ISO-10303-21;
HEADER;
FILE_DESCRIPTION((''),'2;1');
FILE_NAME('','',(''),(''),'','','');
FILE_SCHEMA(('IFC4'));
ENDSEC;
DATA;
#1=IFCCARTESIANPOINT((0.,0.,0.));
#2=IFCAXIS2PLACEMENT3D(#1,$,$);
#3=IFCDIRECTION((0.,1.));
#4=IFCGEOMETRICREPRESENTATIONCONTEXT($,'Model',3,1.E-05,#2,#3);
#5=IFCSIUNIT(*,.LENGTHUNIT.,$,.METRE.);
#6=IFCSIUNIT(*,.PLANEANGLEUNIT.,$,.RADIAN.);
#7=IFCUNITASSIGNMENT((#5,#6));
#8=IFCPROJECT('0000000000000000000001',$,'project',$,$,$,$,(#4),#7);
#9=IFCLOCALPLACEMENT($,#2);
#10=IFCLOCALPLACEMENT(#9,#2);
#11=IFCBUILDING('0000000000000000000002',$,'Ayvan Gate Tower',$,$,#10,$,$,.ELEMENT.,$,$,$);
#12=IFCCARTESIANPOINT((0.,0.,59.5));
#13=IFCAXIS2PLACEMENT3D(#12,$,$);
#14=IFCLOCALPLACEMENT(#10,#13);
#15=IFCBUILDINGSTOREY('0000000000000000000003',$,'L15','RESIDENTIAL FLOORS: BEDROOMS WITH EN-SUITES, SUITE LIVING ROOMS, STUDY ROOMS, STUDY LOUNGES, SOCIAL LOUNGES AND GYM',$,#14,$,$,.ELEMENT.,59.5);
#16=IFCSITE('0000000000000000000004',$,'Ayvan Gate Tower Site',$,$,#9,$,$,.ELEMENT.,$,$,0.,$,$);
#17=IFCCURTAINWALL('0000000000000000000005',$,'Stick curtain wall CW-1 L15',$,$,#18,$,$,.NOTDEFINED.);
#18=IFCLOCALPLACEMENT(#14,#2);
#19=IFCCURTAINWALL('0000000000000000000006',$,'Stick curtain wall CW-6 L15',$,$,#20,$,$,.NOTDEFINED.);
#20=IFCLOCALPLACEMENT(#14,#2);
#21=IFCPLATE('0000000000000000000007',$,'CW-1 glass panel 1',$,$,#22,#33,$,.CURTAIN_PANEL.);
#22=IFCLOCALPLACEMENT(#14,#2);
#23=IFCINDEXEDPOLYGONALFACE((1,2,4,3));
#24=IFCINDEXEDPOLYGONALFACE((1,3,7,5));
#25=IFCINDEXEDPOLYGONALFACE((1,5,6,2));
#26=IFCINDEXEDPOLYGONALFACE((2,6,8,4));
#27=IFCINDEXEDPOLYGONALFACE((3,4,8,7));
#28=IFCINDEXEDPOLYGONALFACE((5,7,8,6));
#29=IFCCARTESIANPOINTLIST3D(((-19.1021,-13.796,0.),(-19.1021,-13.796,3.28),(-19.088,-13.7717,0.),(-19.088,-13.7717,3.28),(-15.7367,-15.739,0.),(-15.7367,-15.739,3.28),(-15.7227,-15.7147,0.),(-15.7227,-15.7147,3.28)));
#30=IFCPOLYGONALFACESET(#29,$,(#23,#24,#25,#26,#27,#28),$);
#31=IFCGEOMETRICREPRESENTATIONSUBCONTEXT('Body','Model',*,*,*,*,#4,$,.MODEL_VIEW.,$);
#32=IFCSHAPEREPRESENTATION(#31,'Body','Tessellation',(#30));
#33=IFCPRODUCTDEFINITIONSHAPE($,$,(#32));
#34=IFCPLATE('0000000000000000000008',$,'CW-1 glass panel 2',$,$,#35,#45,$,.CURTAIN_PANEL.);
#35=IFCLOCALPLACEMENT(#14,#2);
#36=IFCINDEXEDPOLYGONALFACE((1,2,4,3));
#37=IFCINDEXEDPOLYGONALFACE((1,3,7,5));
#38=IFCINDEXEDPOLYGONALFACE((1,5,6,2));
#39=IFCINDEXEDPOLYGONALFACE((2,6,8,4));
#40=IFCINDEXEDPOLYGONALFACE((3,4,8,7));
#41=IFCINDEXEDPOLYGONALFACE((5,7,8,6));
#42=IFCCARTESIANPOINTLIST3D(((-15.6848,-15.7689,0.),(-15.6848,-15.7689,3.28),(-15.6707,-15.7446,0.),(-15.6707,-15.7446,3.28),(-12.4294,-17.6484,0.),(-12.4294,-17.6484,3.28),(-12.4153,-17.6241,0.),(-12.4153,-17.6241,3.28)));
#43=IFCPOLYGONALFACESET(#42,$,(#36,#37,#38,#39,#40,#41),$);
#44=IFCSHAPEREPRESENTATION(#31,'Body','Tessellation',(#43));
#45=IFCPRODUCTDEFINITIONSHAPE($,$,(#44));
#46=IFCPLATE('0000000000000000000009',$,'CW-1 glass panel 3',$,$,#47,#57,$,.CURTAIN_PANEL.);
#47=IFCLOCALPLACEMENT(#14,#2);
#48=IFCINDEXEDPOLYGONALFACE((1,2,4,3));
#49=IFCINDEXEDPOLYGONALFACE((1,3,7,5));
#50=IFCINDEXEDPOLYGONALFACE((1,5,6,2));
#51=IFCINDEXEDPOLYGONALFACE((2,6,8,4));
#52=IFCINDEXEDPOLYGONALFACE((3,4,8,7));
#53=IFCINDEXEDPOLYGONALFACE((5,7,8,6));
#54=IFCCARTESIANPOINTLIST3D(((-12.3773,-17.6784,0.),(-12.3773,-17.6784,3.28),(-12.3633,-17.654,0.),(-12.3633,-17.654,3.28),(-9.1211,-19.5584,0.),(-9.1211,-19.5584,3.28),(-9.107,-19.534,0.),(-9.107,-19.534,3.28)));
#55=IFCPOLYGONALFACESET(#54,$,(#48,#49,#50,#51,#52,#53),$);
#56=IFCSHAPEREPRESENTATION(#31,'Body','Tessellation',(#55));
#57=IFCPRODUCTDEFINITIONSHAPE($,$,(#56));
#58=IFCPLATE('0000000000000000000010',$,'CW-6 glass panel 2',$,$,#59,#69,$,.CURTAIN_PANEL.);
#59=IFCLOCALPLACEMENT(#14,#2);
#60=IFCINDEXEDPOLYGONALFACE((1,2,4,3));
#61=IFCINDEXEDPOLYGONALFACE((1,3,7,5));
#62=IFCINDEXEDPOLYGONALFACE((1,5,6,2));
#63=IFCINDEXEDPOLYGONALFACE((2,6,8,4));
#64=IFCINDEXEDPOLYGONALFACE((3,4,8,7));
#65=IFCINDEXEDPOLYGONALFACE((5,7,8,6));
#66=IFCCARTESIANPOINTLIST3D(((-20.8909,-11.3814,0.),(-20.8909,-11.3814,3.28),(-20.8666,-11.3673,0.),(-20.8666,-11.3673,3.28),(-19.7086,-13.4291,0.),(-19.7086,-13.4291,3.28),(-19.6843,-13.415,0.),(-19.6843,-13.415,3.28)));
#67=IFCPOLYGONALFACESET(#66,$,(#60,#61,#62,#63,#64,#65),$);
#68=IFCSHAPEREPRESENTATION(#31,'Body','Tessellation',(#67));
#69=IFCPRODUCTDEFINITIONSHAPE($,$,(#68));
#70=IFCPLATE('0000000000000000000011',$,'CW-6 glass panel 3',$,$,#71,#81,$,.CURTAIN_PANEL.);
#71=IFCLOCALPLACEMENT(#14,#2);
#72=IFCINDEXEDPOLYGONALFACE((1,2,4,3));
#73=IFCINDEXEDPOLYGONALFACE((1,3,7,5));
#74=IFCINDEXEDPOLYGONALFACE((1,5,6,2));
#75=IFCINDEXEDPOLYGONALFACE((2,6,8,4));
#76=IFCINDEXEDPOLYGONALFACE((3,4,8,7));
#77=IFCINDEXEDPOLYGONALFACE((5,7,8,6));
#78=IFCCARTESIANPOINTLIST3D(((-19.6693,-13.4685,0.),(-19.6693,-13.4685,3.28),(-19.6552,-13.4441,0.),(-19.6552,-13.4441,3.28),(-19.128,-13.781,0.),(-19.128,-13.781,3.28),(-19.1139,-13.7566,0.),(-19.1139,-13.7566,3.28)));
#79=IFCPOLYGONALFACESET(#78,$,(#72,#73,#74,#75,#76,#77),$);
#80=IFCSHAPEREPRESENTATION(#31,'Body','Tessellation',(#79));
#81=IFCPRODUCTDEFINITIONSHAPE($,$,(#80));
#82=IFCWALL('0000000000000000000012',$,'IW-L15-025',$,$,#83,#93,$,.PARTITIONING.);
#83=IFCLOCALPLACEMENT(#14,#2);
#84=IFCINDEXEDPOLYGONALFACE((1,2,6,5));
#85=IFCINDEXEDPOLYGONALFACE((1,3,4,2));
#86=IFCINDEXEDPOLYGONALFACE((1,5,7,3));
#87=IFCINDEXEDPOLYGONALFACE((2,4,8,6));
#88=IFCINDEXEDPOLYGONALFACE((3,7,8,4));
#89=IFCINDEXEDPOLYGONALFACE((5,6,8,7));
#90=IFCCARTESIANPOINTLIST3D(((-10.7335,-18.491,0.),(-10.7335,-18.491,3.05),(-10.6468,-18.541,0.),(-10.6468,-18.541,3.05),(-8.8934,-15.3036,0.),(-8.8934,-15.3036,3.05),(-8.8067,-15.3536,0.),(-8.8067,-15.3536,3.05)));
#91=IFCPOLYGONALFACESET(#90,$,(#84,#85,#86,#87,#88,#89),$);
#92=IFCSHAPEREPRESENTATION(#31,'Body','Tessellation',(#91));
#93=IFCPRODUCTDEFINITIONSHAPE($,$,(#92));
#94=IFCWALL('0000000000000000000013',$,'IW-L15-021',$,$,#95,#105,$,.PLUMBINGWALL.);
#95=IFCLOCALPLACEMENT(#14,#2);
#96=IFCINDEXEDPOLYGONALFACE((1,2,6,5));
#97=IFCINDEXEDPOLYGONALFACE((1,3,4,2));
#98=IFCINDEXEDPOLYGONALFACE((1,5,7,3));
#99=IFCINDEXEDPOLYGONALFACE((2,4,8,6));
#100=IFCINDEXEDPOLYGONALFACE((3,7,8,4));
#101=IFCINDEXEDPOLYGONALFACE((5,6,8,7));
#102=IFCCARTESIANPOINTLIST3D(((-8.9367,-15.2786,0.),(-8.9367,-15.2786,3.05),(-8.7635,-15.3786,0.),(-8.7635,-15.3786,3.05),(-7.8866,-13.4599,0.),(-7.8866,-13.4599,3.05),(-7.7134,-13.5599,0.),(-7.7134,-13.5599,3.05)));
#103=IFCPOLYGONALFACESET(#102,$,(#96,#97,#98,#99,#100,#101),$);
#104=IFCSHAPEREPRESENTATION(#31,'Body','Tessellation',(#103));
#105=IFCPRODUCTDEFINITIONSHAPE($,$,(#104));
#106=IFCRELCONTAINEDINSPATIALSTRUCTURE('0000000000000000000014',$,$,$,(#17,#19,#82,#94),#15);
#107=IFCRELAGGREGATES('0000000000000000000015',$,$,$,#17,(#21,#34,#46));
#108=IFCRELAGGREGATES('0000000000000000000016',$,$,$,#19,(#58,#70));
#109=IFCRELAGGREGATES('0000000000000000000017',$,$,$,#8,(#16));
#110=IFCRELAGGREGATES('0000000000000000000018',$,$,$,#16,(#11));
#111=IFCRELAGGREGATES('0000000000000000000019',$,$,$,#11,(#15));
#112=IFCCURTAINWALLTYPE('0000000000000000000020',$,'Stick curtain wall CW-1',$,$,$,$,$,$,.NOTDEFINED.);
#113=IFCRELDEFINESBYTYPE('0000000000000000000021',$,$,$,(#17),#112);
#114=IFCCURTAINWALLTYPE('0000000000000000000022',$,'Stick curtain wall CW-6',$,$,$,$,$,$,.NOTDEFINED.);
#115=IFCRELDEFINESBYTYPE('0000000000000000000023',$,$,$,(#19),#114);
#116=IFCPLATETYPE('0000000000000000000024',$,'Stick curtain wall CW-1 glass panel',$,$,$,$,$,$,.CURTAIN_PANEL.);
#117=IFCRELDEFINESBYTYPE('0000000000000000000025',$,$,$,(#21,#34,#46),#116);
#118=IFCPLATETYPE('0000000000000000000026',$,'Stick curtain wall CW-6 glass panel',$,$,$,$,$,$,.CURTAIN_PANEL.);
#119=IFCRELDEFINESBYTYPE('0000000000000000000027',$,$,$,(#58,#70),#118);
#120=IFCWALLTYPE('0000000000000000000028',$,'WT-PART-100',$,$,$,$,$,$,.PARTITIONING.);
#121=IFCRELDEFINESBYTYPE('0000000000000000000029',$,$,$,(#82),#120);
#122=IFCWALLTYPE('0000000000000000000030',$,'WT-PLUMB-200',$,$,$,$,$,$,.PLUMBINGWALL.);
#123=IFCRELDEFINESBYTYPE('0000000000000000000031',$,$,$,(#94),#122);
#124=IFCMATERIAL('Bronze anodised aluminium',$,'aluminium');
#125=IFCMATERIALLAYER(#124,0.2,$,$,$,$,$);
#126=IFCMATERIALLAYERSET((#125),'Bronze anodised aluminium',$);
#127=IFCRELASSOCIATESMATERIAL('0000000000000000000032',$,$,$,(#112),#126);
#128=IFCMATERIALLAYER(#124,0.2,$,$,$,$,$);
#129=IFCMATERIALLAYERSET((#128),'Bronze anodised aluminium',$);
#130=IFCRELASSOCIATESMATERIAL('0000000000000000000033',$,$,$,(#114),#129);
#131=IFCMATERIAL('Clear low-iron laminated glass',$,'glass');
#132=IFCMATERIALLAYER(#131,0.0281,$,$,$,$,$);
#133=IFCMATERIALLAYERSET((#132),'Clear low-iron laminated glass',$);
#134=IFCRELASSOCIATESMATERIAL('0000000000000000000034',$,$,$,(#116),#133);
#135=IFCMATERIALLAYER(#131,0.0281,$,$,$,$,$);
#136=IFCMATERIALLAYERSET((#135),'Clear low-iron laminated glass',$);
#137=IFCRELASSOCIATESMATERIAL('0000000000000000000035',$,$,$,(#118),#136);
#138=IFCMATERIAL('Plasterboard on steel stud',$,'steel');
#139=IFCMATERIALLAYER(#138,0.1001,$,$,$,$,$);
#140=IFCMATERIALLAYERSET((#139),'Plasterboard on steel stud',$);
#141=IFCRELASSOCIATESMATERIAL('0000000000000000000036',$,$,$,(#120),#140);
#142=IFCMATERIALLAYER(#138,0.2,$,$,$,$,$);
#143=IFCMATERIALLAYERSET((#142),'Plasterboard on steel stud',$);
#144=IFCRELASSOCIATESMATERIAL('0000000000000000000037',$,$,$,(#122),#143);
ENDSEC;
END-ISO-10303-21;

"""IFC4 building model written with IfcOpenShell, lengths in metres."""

from ifc_helpers import new_model, si_unit, direction, frame, frame_2d, origin, origin_2d, place, context, subcontext, project, spatial, rectangle, extrude, material, layer, layer_set, type_object, element, aggregate, save


model = new_model("IFC4")

# Units and contexts
model_context = context("Model", 3, precision=1e-05, world=origin(), true_north=direction((0.0, 1.0)))
body_context = subcontext(model_context, "Body", "Model", "MODEL_VIEW")
ifc_project = project(units=[si_unit("LENGTHUNIT", "METRE"), si_unit("PLANEANGLEUNIT", "RADIAN")], contexts=[model_context])

# Site, building, storey
site_placement = place(None, origin())
site = spatial("IfcSite", under=ifc_project, at=site_placement, Name="Ayvan Gate Tower Site", CompositionType="ELEMENT", RefElevation=0.0)
building_placement = place(site_placement, origin())
building = spatial("IfcBuilding", under=site, at=building_placement, Name="Ayvan Gate Tower", CompositionType="ELEMENT")
storey_placement = place(building_placement, frame((0.0, 0.0, 59.5)))
storey = spatial("IfcBuildingStorey", under=building, at=storey_placement, Name="L15", Description="RESIDENTIAL FLOORS: BEDROOMS WITH EN-SUITES, SUITE LIVING ROOMS, STUDY ROOMS, STUDY LOUNGES, SOCIAL LOUNGES AND GYM", CompositionType="ELEMENT", Elevation=59.5)

# Curtain walls
ifc_material_1 = material(Name="Bronze anodised aluminium", Category="aluminium")
ifc_layer_1 = layer(ifc_material_1, 0.2)
ifc_layer_set_1 = layer_set([ifc_layer_1], Name="Bronze anodised aluminium")
curtain_wall_type_1 = type_object("IfcCurtainWallType", Name="Stick curtain wall CW-1", PredefinedType="NOTDEFINED", material=ifc_layer_set_1)
curtain_wall_1_placement = place(storey_placement, origin())
curtain_wall_1 = element("IfcCurtainWall", 1, at=curtain_wall_1_placement, inside=storey, type_object=curtain_wall_type_1, Name="Stick curtain wall CW-1 L15", PredefinedType="NOTDEFINED")
ifc_layer_2 = layer(ifc_material_1, 0.2)
ifc_layer_set_2 = layer_set([ifc_layer_2], Name="Bronze anodised aluminium")
curtain_wall_type_2 = type_object("IfcCurtainWallType", Name="Stick curtain wall CW-6", PredefinedType="NOTDEFINED", material=ifc_layer_set_2)
curtain_wall_2_placement = place(storey_placement, origin())
curtain_wall_2 = element("IfcCurtainWall", 2, at=curtain_wall_2_placement, inside=storey, type_object=curtain_wall_type_2, Name="Stick curtain wall CW-6 L15", PredefinedType="NOTDEFINED")

# Plates
ifc_material_2 = material(Name="Clear low-iron laminated glass", Category="glass")
ifc_layer_3 = layer(ifc_material_2, 0.0281)
ifc_layer_set_3 = layer_set([ifc_layer_3], Name="Clear low-iron laminated glass")
plate_type_1 = type_object("IfcPlateType", Name="Stick curtain wall CW-1 glass panel", PredefinedType="CURTAIN_PANEL", material=ifc_layer_set_3)
plate_1_placement = place(storey_placement, frame((-17.4124, -14.7554, 0.0), z_axis=(0.0, 0.0, 1.0), x_axis=(0.866025, -0.5, 0.0)))
plate_1 = element("IfcPlate", 3, at=plate_1_placement, type_object=plate_type_1, Name="CW-1 glass panel 1", PredefinedType="CURTAIN_PANEL", context=body_context, shape_type="SweptSolid", body=[
    extrude(rectangle(XDim=3.886, YDim=0.0281, at=origin_2d()), origin(), (0.0, 0.0, 1.0), 3.28),
])
plate_2_placement = place(storey_placement, frame((-14.05, -16.6965, 0.0), z_axis=(0.0, 0.0, 1.0), x_axis=(0.866025, -0.5, 0.0)))
plate_2 = element("IfcPlate", 4, at=plate_2_placement, type_object=plate_type_1, Name="CW-1 glass panel 2", PredefinedType="CURTAIN_PANEL", context=body_context, shape_type="SweptSolid", body=[
    extrude(rectangle(XDim=3.759, YDim=0.0281, at=origin_2d()), origin(), (0.0, 0.0, 1.0), 3.28),
])
plate_3_placement = place(storey_placement, frame((-10.7422, -18.6062, 0.0), z_axis=(0.0, 0.0, 1.0), x_axis=(0.866025, -0.5, 0.0)))
plate_3 = element("IfcPlate", 5, at=plate_3_placement, type_object=plate_type_1, Name="CW-1 glass panel 3", PredefinedType="CURTAIN_PANEL", context=body_context, shape_type="SweptSolid", body=[
    extrude(rectangle(XDim=3.76, YDim=0.0281, at=origin_2d()), origin(), (0.0, 0.0, 1.0), 3.28),
])
aggregate(curtain_wall_1, [plate_1, plate_2, plate_3])
ifc_layer_4 = layer(ifc_material_2, 0.0281)
ifc_layer_set_4 = layer_set([ifc_layer_4], Name="Clear low-iron laminated glass")
plate_type_2 = type_object("IfcPlateType", Name="Stick curtain wall CW-6 glass panel", PredefinedType="CURTAIN_PANEL", material=ifc_layer_set_4)
plate_4_placement = place(storey_placement, frame((-20.2876, -12.3982, 0.0), z_axis=(0.0, 0.0, 1.0), x_axis=(0.5, -0.866025, 0.0)))
plate_4 = element("IfcPlate", 6, at=plate_4_placement, type_object=plate_type_2, Name="CW-6 glass panel 2", PredefinedType="CURTAIN_PANEL", context=body_context, shape_type="SweptSolid", body=[
    extrude(rectangle(XDim=2.3645, YDim=0.0281, at=origin_2d()), origin(), (0.0, 0.0, 1.0), 3.28),
])
plate_5_placement = place(storey_placement, frame((-19.3916, -13.6125, 0.0), z_axis=(0.0, 0.0, 1.0), x_axis=(0.866025, -0.5, 0.0)))
plate_5 = element("IfcPlate", 7, at=plate_5_placement, type_object=plate_type_2, Name="CW-6 glass panel 3", PredefinedType="CURTAIN_PANEL", context=body_context, shape_type="SweptSolid", body=[
    extrude(rectangle(XDim=0.625, YDim=0.0281, at=origin_2d()), origin(), (0.0, 0.0, 1.0), 3.28),
])
aggregate(curtain_wall_2, [plate_4, plate_5])

# Walls
ifc_material_3 = material(Name="Plasterboard on steel stud", Category="steel")
ifc_layer_5 = layer(ifc_material_3, 0.1001)
ifc_layer_set_5 = layer_set([ifc_layer_5], Name="Plasterboard on steel stud")
wall_type_1 = type_object("IfcWallType", Name="WT-PART-100", PredefinedType="PARTITIONING", material=ifc_layer_set_5)
wall_1_placement = place(storey_placement, frame((-10.6902, -18.5161, 0.0), z_axis=(0.0, 0.0, 1.0), x_axis=(0.499956, 0.866051, 0.0)))
element("IfcWall", 8, at=wall_1_placement, inside=storey, type_object=wall_type_1, Name="IW-L15-025", PredefinedType="PARTITIONING", context=body_context, shape_type="SweptSolid", body=[
    extrude(rectangle(XDim=3.6804, YDim=0.1001, at=frame_2d((1.8403, 0.0))), origin(), (0.0, 0.0, 1.0), 3.05),
])
ifc_layer_6 = layer(ifc_material_3, 0.2)
ifc_layer_set_6 = layer_set([ifc_layer_6], Name="Plasterboard on steel stud")
wall_type_2 = type_object("IfcWallType", Name="WT-PLUMB-200", PredefinedType="PLUMBINGWALL", material=ifc_layer_set_6)
wall_2_placement = place(storey_placement, frame((-8.8501, -15.3286, 0.0), z_axis=(0.0, 0.0, 1.0), x_axis=(0.500028, 0.866009, 0.0)))
element("IfcWall", 9, at=wall_2_placement, inside=storey, type_object=wall_type_2, Name="IW-L15-021", PredefinedType="PLUMBINGWALL", context=body_context, shape_type="SweptSolid", body=[
    extrude(rectangle(XDim=2.1001, YDim=0.2, at=frame_2d((1.05, 0.0))), origin(), (0.0, 0.0, 1.0), 3.05),
])

save(model, "model.ifc")
